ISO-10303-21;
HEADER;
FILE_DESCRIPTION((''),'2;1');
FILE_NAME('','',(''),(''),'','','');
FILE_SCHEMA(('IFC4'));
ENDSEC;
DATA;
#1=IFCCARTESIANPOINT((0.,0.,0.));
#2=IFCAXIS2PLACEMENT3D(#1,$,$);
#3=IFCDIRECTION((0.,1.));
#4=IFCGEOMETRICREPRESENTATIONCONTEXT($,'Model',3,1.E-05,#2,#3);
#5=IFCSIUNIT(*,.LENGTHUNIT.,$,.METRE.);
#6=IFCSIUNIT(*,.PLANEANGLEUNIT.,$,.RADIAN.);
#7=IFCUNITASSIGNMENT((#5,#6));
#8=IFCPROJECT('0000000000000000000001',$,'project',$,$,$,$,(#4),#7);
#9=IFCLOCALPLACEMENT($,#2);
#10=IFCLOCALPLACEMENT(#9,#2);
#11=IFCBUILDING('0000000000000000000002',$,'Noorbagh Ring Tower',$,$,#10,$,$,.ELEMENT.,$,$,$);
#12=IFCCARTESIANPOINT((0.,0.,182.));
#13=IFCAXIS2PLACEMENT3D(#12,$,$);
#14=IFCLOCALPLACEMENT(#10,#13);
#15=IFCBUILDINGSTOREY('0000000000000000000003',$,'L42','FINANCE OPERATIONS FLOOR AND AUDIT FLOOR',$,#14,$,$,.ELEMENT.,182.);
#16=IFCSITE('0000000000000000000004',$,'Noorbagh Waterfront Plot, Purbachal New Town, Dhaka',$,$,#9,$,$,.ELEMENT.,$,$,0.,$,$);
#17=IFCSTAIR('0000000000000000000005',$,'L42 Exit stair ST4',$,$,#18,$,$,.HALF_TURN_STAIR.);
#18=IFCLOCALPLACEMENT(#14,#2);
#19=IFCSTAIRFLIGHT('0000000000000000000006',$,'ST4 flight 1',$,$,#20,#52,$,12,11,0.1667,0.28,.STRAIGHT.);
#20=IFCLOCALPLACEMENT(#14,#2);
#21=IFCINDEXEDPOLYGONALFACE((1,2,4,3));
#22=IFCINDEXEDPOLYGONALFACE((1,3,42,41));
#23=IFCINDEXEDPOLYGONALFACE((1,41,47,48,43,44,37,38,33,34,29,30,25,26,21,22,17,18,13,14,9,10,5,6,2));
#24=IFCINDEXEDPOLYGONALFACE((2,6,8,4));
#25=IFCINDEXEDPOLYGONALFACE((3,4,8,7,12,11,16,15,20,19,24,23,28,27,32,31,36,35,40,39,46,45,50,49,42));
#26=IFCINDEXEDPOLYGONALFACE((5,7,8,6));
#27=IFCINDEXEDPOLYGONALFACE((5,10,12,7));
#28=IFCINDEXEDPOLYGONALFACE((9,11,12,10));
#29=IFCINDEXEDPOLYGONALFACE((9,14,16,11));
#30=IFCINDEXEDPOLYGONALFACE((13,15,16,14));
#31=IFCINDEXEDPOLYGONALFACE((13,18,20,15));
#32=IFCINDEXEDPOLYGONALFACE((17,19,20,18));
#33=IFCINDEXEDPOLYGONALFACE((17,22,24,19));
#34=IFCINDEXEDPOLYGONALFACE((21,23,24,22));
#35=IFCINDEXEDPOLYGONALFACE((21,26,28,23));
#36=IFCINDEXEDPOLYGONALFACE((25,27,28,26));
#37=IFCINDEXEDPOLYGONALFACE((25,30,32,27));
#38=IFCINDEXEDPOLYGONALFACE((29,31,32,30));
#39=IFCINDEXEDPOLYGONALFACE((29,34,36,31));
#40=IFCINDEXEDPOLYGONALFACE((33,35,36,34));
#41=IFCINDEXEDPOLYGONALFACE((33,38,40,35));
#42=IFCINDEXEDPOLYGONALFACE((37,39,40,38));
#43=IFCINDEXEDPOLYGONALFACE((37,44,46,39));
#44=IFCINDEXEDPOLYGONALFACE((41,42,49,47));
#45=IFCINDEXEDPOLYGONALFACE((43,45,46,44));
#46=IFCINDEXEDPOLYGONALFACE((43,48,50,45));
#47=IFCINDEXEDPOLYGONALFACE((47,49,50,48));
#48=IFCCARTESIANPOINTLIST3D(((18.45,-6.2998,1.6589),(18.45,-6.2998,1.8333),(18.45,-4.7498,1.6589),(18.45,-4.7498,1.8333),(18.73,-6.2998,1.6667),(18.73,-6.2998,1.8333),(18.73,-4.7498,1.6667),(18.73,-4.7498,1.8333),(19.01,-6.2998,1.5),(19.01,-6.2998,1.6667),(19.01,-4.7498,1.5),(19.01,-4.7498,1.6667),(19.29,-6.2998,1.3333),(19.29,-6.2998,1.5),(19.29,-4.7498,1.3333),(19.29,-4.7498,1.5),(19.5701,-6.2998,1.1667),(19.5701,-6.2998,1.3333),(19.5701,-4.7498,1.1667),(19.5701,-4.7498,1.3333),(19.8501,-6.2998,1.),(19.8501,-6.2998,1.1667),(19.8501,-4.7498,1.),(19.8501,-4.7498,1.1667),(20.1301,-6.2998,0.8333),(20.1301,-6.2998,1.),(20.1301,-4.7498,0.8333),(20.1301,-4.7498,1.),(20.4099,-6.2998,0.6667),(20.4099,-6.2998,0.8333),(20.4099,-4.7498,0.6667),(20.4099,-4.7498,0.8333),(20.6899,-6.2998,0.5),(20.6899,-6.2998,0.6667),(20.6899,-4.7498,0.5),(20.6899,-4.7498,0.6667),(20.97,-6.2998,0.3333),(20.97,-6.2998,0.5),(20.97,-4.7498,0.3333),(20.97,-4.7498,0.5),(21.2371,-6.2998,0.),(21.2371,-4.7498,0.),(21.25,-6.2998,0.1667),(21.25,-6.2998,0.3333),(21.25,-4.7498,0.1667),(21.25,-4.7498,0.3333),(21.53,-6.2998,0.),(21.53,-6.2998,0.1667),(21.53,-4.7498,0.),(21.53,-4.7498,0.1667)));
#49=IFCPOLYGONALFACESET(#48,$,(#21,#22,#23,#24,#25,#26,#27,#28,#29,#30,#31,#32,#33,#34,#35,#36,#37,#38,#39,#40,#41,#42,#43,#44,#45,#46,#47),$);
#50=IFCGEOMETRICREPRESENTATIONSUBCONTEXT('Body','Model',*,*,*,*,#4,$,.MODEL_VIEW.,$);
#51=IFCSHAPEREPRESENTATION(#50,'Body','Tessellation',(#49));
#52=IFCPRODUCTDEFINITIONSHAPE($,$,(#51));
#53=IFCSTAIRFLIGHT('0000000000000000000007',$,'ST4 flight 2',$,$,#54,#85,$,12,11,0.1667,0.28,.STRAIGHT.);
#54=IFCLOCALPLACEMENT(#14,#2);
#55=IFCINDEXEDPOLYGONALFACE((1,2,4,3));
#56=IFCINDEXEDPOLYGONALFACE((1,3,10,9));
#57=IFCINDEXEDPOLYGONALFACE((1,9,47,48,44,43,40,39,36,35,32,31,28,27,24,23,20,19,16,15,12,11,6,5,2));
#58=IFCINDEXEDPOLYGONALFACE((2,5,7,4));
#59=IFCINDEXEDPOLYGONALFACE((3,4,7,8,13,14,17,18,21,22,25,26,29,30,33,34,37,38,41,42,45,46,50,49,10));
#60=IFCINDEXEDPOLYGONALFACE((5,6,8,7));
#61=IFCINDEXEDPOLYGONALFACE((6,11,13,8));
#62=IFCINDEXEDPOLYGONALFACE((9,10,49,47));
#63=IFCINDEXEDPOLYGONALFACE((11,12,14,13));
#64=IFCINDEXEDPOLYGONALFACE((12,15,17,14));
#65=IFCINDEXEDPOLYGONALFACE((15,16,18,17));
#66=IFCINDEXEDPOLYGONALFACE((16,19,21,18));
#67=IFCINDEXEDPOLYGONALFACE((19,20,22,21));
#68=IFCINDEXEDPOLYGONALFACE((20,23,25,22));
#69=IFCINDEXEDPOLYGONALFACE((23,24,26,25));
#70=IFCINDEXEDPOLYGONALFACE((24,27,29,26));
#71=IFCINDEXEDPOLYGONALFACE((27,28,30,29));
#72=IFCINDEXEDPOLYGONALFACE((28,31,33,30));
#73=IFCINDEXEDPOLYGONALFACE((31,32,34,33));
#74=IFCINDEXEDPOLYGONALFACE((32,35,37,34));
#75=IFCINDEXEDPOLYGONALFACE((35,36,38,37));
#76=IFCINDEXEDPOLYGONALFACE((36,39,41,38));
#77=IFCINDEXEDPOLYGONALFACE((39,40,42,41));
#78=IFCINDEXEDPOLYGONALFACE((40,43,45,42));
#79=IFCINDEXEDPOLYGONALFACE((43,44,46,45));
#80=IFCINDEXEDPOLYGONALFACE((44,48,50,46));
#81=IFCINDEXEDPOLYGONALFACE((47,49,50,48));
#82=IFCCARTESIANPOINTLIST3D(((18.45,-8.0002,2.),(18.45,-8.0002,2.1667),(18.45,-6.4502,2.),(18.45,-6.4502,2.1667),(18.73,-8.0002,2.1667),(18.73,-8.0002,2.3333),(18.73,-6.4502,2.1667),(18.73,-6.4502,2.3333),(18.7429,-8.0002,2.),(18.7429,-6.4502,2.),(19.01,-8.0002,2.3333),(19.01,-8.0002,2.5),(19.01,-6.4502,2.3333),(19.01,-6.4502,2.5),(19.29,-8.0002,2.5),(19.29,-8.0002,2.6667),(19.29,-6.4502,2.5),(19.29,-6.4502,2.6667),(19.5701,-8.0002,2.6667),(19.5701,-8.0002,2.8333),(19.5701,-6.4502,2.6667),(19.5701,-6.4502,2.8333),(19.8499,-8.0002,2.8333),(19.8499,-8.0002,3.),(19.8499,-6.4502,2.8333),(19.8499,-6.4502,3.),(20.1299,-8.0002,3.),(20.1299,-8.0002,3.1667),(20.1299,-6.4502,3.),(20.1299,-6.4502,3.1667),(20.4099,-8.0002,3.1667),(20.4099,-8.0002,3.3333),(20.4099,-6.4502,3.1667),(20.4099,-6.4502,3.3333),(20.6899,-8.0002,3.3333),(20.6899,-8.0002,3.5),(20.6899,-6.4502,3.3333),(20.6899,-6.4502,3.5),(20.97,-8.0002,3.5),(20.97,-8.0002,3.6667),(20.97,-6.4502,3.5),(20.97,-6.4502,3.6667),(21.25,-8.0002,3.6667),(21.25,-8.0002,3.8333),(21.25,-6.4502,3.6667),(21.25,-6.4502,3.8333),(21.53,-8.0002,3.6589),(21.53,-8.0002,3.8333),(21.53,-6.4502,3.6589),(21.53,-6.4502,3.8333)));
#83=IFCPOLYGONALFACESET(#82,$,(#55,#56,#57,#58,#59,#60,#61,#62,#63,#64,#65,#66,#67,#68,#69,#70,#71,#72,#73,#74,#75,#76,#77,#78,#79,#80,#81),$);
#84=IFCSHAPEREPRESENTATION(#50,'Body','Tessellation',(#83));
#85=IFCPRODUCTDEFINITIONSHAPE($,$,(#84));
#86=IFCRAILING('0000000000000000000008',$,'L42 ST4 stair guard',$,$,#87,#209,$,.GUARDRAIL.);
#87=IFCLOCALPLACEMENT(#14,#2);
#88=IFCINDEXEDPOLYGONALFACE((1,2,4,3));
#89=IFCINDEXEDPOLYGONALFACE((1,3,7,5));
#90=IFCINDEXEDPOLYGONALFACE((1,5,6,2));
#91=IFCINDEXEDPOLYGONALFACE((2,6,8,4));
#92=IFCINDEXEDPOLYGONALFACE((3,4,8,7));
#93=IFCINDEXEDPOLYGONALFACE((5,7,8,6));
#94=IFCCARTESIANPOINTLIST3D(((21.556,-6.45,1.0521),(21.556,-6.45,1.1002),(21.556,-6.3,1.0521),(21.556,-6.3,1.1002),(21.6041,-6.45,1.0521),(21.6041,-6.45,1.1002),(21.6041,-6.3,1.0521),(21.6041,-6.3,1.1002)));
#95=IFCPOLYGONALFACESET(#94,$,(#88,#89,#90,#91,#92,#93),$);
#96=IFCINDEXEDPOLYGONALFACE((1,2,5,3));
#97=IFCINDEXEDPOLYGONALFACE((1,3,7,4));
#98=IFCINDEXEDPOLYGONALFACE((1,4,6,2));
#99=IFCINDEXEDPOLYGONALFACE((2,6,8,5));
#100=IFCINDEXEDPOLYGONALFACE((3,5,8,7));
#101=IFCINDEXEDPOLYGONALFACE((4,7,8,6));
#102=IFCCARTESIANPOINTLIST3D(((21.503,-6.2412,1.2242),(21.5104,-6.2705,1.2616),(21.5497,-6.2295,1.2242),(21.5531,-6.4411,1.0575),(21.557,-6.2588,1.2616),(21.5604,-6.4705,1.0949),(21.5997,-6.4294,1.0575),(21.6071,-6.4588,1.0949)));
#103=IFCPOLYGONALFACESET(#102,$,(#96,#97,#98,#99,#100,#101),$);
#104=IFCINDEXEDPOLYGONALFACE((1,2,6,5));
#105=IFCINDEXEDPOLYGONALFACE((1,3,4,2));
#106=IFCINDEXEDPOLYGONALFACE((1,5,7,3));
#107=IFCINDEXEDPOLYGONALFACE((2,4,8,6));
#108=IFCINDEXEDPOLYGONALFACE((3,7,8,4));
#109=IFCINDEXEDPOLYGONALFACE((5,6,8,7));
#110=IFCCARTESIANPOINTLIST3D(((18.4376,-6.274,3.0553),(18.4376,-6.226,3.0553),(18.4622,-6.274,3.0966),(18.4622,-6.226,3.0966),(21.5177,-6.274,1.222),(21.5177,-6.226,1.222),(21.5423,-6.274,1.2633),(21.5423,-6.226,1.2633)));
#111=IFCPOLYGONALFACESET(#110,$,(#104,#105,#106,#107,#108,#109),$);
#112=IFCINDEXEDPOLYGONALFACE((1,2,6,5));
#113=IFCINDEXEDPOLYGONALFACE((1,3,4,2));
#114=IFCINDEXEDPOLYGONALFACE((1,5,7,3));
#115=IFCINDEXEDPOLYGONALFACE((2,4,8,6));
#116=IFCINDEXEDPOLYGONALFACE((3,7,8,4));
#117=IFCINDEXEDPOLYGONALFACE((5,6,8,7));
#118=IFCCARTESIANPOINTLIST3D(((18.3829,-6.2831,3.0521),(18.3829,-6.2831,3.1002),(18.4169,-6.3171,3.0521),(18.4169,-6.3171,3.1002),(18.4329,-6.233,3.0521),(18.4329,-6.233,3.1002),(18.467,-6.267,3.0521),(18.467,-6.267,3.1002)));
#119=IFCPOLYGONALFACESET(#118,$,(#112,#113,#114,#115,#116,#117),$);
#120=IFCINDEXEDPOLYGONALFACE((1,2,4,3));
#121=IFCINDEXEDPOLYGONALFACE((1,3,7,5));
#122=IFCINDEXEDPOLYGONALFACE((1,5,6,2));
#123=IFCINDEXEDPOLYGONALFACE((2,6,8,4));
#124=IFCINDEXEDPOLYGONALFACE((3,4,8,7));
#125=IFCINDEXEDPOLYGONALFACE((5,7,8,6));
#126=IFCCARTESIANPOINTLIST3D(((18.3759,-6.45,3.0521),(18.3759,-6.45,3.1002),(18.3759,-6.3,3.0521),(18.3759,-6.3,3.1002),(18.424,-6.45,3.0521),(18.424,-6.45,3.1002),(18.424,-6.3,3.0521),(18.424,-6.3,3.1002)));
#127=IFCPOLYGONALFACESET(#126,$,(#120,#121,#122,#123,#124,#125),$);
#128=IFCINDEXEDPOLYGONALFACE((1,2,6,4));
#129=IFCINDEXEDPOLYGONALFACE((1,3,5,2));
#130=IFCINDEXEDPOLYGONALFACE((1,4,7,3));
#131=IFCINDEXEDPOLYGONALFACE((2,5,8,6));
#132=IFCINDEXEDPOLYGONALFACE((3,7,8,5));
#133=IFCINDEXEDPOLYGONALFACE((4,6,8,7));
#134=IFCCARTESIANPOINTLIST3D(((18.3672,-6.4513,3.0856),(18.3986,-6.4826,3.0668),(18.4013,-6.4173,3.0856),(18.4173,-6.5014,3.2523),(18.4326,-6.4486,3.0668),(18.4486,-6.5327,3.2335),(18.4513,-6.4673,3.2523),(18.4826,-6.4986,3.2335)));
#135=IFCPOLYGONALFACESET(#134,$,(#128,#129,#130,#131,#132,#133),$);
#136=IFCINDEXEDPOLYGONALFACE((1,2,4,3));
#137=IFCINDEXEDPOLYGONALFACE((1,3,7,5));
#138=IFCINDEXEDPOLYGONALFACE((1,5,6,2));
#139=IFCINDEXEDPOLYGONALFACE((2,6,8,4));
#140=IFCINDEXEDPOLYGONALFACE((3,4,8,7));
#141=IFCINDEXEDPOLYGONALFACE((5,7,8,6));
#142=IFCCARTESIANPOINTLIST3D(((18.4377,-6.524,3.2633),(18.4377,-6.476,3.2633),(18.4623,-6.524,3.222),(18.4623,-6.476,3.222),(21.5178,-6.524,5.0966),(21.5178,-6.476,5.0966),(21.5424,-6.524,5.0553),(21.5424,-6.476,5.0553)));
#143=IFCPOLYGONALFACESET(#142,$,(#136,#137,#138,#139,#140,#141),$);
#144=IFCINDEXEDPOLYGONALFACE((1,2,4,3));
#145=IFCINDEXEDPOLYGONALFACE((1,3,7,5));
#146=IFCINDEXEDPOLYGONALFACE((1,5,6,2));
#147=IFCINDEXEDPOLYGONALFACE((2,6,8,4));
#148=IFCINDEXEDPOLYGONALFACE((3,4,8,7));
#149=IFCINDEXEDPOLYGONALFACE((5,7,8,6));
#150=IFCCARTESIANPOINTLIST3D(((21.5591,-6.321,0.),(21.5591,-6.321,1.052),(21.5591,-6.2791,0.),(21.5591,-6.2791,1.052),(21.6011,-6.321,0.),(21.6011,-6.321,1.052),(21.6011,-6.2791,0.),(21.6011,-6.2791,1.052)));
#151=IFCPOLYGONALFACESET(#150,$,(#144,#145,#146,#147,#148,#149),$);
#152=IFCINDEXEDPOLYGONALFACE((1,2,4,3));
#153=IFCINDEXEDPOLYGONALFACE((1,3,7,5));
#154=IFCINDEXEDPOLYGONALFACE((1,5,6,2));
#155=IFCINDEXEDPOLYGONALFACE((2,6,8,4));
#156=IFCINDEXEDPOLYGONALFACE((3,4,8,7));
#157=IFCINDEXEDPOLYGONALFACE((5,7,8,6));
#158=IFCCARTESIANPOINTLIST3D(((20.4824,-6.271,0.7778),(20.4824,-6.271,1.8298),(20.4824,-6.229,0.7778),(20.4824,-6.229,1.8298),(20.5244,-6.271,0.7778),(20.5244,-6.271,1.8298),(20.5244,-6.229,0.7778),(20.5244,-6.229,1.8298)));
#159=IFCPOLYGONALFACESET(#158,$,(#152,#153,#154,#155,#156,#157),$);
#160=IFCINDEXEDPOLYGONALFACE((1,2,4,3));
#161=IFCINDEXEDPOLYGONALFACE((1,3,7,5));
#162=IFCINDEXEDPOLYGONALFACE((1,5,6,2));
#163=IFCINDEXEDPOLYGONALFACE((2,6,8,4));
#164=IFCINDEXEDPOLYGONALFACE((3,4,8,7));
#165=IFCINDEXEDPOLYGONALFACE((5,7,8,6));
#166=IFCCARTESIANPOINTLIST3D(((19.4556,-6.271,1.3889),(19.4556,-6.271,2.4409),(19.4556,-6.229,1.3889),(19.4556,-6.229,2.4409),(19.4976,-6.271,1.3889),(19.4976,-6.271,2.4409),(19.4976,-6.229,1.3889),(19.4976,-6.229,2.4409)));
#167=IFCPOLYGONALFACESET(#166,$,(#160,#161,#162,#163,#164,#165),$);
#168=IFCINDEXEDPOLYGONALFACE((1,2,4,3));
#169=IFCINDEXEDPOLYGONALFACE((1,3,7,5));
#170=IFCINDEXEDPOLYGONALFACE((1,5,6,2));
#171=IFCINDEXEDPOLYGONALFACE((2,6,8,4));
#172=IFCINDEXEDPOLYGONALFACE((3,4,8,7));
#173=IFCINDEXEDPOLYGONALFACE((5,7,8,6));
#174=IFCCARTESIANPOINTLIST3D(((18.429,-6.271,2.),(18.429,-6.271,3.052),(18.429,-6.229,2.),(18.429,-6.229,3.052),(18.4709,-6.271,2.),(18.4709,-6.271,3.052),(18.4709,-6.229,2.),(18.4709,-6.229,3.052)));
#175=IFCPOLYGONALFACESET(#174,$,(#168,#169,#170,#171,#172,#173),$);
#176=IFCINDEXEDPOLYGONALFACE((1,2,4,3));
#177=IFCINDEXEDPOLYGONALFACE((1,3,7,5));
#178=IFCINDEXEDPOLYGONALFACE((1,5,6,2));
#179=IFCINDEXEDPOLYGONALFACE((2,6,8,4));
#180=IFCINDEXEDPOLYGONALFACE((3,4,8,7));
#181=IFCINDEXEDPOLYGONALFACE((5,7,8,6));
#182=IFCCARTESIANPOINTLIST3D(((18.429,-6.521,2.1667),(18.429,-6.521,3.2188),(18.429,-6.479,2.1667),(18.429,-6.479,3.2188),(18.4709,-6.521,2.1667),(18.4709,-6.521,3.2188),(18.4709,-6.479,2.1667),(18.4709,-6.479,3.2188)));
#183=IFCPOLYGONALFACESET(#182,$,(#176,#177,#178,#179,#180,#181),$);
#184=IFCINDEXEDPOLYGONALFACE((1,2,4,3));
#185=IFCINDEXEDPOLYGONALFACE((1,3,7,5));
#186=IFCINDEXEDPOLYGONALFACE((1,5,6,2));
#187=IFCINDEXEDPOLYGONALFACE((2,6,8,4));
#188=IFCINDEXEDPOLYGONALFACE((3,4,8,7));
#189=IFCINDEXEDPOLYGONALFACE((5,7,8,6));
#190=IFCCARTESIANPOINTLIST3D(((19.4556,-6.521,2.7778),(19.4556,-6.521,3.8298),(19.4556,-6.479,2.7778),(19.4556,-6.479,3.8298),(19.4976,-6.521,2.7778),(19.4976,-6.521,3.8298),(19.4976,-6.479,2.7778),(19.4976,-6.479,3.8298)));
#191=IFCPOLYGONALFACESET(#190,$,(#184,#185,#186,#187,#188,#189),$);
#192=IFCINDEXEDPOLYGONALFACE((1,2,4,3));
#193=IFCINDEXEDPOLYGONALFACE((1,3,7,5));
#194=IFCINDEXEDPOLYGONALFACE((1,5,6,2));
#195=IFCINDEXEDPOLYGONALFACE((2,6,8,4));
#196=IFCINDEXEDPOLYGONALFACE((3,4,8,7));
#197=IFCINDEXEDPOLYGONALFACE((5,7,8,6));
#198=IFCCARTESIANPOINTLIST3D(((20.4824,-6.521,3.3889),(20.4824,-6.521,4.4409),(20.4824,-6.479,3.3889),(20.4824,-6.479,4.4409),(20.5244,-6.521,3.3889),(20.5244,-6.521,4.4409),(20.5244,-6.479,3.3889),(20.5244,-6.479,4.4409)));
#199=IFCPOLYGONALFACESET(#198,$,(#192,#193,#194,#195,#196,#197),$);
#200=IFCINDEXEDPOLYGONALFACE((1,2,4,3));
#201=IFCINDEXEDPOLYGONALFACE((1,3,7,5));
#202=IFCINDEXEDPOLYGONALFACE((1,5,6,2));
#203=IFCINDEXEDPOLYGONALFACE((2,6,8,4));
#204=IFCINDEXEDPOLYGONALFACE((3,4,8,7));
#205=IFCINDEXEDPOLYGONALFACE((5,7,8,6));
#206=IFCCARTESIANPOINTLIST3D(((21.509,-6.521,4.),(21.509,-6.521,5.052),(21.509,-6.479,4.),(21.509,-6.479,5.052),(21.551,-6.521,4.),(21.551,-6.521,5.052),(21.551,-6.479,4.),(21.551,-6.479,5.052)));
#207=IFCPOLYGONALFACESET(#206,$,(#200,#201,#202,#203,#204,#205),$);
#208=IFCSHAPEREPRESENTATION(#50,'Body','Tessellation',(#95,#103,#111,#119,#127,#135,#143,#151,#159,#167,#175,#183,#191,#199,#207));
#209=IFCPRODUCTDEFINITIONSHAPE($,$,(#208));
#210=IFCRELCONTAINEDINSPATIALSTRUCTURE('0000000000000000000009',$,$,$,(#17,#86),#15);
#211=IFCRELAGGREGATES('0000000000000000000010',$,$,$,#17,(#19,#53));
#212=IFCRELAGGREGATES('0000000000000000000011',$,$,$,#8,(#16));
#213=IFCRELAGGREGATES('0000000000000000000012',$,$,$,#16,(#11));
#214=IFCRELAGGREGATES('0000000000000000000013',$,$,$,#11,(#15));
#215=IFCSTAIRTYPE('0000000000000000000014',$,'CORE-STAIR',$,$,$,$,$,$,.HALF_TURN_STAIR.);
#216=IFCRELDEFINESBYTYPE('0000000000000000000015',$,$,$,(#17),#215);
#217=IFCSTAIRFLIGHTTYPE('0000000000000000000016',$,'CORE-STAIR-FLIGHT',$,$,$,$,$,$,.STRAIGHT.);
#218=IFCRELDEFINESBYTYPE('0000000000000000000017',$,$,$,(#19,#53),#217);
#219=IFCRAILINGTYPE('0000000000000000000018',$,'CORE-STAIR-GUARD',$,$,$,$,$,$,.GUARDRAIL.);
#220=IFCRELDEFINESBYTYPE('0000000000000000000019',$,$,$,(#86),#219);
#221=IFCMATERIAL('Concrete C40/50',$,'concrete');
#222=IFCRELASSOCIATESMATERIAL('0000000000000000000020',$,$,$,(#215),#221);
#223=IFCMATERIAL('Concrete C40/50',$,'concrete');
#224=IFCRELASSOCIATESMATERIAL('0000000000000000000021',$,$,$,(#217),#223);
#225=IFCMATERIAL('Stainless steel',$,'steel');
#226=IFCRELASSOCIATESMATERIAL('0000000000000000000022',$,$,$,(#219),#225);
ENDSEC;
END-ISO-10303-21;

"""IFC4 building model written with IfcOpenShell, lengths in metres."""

from ifc_helpers import new_model, si_unit, direction, frame, origin, origin_2d, place, context, subcontext, project, spatial, polyline, rectangle, outline, extrude, material, type_object, element, aggregate, save


model = new_model("IFC4")

# Units and contexts
model_context = context("Model", 3, precision=1e-05, world=origin(), true_north=direction((0.0, 1.0)))
body_context = subcontext(model_context, "Body", "Model", "MODEL_VIEW")
ifc_project = project(units=[si_unit("LENGTHUNIT", "METRE"), si_unit("PLANEANGLEUNIT", "RADIAN")], contexts=[model_context])

# Site, building, storey
site_placement = place(None, origin())
site = spatial("IfcSite", under=ifc_project, at=site_placement, Name="Noorbagh Waterfront Plot, Purbachal New Town, Dhaka", CompositionType="ELEMENT", RefElevation=0.0)
building_placement = place(site_placement, origin())
building = spatial("IfcBuilding", under=site, at=building_placement, Name="Noorbagh Ring Tower", CompositionType="ELEMENT")
storey_placement = place(building_placement, frame((0.0, 0.0, 182.0)))
storey = spatial("IfcBuildingStorey", under=building, at=storey_placement, Name="L42", Description="FINANCE OPERATIONS FLOOR AND AUDIT FLOOR", CompositionType="ELEMENT", Elevation=182.0)

# Stair, stair flights
ifc_material_1 = material(Name="Concrete C40/50", Category="concrete")
stair_type = type_object("IfcStairType", Name="CORE-STAIR", PredefinedType="HALF_TURN_STAIR", material=ifc_material_1)
stair_placement = place(storey_placement, origin())
stair = element("IfcStair", 1, at=stair_placement, inside=storey, type_object=stair_type, Name="L42 Exit stair ST4", PredefinedType="HALF_TURN_STAIR")
ifc_material_2 = material(Name="Concrete C40/50", Category="concrete")
stair_flight_type = type_object("IfcStairFlightType", Name="CORE-STAIR-FLIGHT", PredefinedType="STRAIGHT", material=ifc_material_2)
stair_flight_1_placement = place(storey_placement, frame((21.53, -5.5249, 0.0), z_axis=(0.0, 0.0, 1.0), x_axis=(-1.0, 0.0, 0.0)))
stair_flight_1 = element("IfcStairFlight", 2, at=stair_flight_1_placement, type_object=stair_flight_type, Name="ST4 flight 1", NumberOfRisers=12, NumberOfTreads=11, PredefinedType="STRAIGHT", RiserHeight=0.1667, TreadLength=0.28, context=body_context, shape_type="SweptSolid", body=[
    extrude(outline(polyline([(0.0, 0.0), (0.0, 0.1667), (0.28, 0.1667), (0.28, 0.3333), (0.5601, 0.3333), (0.5601, 0.5), (0.8401, 0.5), (0.8401, 0.6667), (1.1201, 0.6667), (1.1201, 0.8333), (1.3999, 0.8333), (1.3999, 1.0), (1.6799, 1.0), (1.6799, 1.1667), (1.96, 1.1667), (1.96, 1.3333), (2.24, 1.3333), (2.24, 1.5), (2.52, 1.5), (2.52, 1.6667), (2.8, 1.6667), (2.8, 1.8333), (3.0801, 1.8333), (3.0801, 2.0), (3.0801, 1.6589), (0.293, 0.0), (0.0, 0.0)])), frame((0.0, 0.7749, 0.0), z_axis=(0.0, -1.0, 0.0), x_axis=(1.0, 0.0, 0.0)), (0.0, 0.0, 1.0), 1.55),
])
stair_flight_2_placement = place(storey_placement, frame((18.45, -7.2251, 2.0), z_axis=(0.0, 0.0, 1.0), x_axis=(1.0, 0.0, 0.0)))
stair_flight_2 = element("IfcStairFlight", 3, at=stair_flight_2_placement, type_object=stair_flight_type, Name="ST4 flight 2", NumberOfRisers=12, NumberOfTreads=11, PredefinedType="STRAIGHT", RiserHeight=0.1667, TreadLength=0.28, context=body_context, shape_type="SweptSolid", body=[
    extrude(outline(polyline([(0.0, 0.0), (0.0, 0.1667), (0.28, 0.1667), (0.28, 0.3333), (0.5601, 0.3333), (0.5601, 0.5), (0.8401, 0.5), (0.8401, 0.6667), (1.1201, 0.6667), (1.1201, 0.8333), (1.3999, 0.8333), (1.3999, 1.0), (1.6799, 1.0), (1.6799, 1.1667), (1.96, 1.1667), (1.96, 1.3333), (2.24, 1.3333), (2.24, 1.5), (2.52, 1.5), (2.52, 1.6667), (2.8, 1.6667), (2.8, 1.8333), (3.0801, 1.8333), (3.0801, 2.0), (3.0801, 1.6589), (0.293, 0.0), (0.0, 0.0)])), frame((0.0, 0.7749, 0.0), z_axis=(0.0, -1.0, 0.0), x_axis=(1.0, 0.0, 0.0)), (0.0, 0.0, 1.0), 1.55),
])
aggregate(stair, [stair_flight_1, stair_flight_2])

# Railing
ifc_material_3 = material(Name="Stainless steel", Category="steel")
railing_type_1 = type_object("IfcRailingType", Name="CORE-STAIR-GUARD", PredefinedType="GUARDRAIL", material=ifc_material_3)
railing_1_placement = place(storey_placement, frame((21.5801, -6.3, 0.0)))
element("IfcRailing", 4, at=railing_1_placement, inside=storey, type_object=railing_type_1, Name="L42 ST4 stair guard", PredefinedType="GUARDRAIL", context=body_context, shape_type="SweptSolid", body=[
    extrude(rectangle(XDim=0.0481, YDim=0.0481, at=origin_2d()), frame((0.0, 0.0, 1.0762), z_axis=(0.0, -1.0, 0.0), x_axis=(1.0, 0.0, 0.0)), (0.0, 0.0, 1.0), 0.1499),
    extrude(rectangle(XDim=0.0481, YDim=0.0481, at=origin_2d()), frame((0.0, -0.1499, 1.0762), z_axis=(-0.188776, 0.754182, 0.628946), x_axis=(-0.970073, -0.242814, 0.0)), (0.0, 0.0, 1.0), 0.2651),
    extrude(rectangle(XDim=0.0481, YDim=0.0481, at=origin_2d()), frame((-0.05, 0.05, 1.2427), z_axis=(-0.859309, 0.0, 0.511458), x_axis=(0.0, -1.0, 0.0)), (0.0, 0.0, 1.0), 3.5845),
    extrude(rectangle(XDim=0.0481, YDim=0.0481, at=origin_2d()), frame((-3.1301, 0.05, 3.0762), z_axis=(-0.707107, -0.707107, 0.0), x_axis=(0.707107, -0.707107, 0.0)), (0.0, 0.0, 1.0), 0.0708),
    extrude(rectangle(XDim=0.0481, YDim=0.0481, at=origin_2d()), frame((-3.1802, 0.0, 3.0762), z_axis=(0.0, -1.0, 0.0), x_axis=(1.0, 0.0, 0.0)), (0.0, 0.0, 1.0), 0.1499),
    extrude(rectangle(XDim=0.0481, YDim=0.0481, at=origin_2d()), frame((-3.1802, -0.1499, 3.0762), z_axis=(0.276287, -0.276287, 0.920506), x_axis=(0.707107, 0.707107, 0.0)), (0.0, 0.0, 1.0), 0.1812),
    extrude(rectangle(XDim=0.0481, YDim=0.0481, at=origin_2d()), frame((-3.1301, -0.2, 3.2427), z_axis=(0.859309, 0.0, 0.511458), x_axis=(0.0, 1.0, 0.0)), (0.0, 0.0, 1.0), 3.5845),
    extrude(rectangle(XDim=0.042, YDim=0.042, at=origin_2d()), origin(), (0.0, 0.0, 1.0), 1.052),
    extrude(rectangle(XDim=0.042, YDim=0.042, at=origin_2d()), frame((-1.0767, 0.05, 0.7778)), (0.0, 0.0, 1.0), 1.052),
    extrude(rectangle(XDim=0.042, YDim=0.042, at=origin_2d()), frame((-2.1035, 0.05, 1.3889)), (0.0, 0.0, 1.0), 1.052),
    extrude(rectangle(XDim=0.042, YDim=0.042, at=origin_2d()), frame((-3.1301, 0.05, 2.0)), (0.0, 0.0, 1.0), 1.052),
    extrude(rectangle(XDim=0.042, YDim=0.042, at=origin_2d()), frame((-3.1301, -0.2, 2.1667)), (0.0, 0.0, 1.0), 1.052),
    extrude(rectangle(XDim=0.042, YDim=0.042, at=origin_2d()), frame((-2.1035, -0.2, 2.7778)), (0.0, 0.0, 1.0), 1.052),
    extrude(rectangle(XDim=0.042, YDim=0.042, at=origin_2d()), frame((-1.0767, -0.2, 3.3889)), (0.0, 0.0, 1.0), 1.052),
    extrude(rectangle(XDim=0.042, YDim=0.042, at=origin_2d()), frame((-0.05, -0.2, 4.0)), (0.0, 0.0, 1.0), 1.052),
])

save(model, "model.ifc")
